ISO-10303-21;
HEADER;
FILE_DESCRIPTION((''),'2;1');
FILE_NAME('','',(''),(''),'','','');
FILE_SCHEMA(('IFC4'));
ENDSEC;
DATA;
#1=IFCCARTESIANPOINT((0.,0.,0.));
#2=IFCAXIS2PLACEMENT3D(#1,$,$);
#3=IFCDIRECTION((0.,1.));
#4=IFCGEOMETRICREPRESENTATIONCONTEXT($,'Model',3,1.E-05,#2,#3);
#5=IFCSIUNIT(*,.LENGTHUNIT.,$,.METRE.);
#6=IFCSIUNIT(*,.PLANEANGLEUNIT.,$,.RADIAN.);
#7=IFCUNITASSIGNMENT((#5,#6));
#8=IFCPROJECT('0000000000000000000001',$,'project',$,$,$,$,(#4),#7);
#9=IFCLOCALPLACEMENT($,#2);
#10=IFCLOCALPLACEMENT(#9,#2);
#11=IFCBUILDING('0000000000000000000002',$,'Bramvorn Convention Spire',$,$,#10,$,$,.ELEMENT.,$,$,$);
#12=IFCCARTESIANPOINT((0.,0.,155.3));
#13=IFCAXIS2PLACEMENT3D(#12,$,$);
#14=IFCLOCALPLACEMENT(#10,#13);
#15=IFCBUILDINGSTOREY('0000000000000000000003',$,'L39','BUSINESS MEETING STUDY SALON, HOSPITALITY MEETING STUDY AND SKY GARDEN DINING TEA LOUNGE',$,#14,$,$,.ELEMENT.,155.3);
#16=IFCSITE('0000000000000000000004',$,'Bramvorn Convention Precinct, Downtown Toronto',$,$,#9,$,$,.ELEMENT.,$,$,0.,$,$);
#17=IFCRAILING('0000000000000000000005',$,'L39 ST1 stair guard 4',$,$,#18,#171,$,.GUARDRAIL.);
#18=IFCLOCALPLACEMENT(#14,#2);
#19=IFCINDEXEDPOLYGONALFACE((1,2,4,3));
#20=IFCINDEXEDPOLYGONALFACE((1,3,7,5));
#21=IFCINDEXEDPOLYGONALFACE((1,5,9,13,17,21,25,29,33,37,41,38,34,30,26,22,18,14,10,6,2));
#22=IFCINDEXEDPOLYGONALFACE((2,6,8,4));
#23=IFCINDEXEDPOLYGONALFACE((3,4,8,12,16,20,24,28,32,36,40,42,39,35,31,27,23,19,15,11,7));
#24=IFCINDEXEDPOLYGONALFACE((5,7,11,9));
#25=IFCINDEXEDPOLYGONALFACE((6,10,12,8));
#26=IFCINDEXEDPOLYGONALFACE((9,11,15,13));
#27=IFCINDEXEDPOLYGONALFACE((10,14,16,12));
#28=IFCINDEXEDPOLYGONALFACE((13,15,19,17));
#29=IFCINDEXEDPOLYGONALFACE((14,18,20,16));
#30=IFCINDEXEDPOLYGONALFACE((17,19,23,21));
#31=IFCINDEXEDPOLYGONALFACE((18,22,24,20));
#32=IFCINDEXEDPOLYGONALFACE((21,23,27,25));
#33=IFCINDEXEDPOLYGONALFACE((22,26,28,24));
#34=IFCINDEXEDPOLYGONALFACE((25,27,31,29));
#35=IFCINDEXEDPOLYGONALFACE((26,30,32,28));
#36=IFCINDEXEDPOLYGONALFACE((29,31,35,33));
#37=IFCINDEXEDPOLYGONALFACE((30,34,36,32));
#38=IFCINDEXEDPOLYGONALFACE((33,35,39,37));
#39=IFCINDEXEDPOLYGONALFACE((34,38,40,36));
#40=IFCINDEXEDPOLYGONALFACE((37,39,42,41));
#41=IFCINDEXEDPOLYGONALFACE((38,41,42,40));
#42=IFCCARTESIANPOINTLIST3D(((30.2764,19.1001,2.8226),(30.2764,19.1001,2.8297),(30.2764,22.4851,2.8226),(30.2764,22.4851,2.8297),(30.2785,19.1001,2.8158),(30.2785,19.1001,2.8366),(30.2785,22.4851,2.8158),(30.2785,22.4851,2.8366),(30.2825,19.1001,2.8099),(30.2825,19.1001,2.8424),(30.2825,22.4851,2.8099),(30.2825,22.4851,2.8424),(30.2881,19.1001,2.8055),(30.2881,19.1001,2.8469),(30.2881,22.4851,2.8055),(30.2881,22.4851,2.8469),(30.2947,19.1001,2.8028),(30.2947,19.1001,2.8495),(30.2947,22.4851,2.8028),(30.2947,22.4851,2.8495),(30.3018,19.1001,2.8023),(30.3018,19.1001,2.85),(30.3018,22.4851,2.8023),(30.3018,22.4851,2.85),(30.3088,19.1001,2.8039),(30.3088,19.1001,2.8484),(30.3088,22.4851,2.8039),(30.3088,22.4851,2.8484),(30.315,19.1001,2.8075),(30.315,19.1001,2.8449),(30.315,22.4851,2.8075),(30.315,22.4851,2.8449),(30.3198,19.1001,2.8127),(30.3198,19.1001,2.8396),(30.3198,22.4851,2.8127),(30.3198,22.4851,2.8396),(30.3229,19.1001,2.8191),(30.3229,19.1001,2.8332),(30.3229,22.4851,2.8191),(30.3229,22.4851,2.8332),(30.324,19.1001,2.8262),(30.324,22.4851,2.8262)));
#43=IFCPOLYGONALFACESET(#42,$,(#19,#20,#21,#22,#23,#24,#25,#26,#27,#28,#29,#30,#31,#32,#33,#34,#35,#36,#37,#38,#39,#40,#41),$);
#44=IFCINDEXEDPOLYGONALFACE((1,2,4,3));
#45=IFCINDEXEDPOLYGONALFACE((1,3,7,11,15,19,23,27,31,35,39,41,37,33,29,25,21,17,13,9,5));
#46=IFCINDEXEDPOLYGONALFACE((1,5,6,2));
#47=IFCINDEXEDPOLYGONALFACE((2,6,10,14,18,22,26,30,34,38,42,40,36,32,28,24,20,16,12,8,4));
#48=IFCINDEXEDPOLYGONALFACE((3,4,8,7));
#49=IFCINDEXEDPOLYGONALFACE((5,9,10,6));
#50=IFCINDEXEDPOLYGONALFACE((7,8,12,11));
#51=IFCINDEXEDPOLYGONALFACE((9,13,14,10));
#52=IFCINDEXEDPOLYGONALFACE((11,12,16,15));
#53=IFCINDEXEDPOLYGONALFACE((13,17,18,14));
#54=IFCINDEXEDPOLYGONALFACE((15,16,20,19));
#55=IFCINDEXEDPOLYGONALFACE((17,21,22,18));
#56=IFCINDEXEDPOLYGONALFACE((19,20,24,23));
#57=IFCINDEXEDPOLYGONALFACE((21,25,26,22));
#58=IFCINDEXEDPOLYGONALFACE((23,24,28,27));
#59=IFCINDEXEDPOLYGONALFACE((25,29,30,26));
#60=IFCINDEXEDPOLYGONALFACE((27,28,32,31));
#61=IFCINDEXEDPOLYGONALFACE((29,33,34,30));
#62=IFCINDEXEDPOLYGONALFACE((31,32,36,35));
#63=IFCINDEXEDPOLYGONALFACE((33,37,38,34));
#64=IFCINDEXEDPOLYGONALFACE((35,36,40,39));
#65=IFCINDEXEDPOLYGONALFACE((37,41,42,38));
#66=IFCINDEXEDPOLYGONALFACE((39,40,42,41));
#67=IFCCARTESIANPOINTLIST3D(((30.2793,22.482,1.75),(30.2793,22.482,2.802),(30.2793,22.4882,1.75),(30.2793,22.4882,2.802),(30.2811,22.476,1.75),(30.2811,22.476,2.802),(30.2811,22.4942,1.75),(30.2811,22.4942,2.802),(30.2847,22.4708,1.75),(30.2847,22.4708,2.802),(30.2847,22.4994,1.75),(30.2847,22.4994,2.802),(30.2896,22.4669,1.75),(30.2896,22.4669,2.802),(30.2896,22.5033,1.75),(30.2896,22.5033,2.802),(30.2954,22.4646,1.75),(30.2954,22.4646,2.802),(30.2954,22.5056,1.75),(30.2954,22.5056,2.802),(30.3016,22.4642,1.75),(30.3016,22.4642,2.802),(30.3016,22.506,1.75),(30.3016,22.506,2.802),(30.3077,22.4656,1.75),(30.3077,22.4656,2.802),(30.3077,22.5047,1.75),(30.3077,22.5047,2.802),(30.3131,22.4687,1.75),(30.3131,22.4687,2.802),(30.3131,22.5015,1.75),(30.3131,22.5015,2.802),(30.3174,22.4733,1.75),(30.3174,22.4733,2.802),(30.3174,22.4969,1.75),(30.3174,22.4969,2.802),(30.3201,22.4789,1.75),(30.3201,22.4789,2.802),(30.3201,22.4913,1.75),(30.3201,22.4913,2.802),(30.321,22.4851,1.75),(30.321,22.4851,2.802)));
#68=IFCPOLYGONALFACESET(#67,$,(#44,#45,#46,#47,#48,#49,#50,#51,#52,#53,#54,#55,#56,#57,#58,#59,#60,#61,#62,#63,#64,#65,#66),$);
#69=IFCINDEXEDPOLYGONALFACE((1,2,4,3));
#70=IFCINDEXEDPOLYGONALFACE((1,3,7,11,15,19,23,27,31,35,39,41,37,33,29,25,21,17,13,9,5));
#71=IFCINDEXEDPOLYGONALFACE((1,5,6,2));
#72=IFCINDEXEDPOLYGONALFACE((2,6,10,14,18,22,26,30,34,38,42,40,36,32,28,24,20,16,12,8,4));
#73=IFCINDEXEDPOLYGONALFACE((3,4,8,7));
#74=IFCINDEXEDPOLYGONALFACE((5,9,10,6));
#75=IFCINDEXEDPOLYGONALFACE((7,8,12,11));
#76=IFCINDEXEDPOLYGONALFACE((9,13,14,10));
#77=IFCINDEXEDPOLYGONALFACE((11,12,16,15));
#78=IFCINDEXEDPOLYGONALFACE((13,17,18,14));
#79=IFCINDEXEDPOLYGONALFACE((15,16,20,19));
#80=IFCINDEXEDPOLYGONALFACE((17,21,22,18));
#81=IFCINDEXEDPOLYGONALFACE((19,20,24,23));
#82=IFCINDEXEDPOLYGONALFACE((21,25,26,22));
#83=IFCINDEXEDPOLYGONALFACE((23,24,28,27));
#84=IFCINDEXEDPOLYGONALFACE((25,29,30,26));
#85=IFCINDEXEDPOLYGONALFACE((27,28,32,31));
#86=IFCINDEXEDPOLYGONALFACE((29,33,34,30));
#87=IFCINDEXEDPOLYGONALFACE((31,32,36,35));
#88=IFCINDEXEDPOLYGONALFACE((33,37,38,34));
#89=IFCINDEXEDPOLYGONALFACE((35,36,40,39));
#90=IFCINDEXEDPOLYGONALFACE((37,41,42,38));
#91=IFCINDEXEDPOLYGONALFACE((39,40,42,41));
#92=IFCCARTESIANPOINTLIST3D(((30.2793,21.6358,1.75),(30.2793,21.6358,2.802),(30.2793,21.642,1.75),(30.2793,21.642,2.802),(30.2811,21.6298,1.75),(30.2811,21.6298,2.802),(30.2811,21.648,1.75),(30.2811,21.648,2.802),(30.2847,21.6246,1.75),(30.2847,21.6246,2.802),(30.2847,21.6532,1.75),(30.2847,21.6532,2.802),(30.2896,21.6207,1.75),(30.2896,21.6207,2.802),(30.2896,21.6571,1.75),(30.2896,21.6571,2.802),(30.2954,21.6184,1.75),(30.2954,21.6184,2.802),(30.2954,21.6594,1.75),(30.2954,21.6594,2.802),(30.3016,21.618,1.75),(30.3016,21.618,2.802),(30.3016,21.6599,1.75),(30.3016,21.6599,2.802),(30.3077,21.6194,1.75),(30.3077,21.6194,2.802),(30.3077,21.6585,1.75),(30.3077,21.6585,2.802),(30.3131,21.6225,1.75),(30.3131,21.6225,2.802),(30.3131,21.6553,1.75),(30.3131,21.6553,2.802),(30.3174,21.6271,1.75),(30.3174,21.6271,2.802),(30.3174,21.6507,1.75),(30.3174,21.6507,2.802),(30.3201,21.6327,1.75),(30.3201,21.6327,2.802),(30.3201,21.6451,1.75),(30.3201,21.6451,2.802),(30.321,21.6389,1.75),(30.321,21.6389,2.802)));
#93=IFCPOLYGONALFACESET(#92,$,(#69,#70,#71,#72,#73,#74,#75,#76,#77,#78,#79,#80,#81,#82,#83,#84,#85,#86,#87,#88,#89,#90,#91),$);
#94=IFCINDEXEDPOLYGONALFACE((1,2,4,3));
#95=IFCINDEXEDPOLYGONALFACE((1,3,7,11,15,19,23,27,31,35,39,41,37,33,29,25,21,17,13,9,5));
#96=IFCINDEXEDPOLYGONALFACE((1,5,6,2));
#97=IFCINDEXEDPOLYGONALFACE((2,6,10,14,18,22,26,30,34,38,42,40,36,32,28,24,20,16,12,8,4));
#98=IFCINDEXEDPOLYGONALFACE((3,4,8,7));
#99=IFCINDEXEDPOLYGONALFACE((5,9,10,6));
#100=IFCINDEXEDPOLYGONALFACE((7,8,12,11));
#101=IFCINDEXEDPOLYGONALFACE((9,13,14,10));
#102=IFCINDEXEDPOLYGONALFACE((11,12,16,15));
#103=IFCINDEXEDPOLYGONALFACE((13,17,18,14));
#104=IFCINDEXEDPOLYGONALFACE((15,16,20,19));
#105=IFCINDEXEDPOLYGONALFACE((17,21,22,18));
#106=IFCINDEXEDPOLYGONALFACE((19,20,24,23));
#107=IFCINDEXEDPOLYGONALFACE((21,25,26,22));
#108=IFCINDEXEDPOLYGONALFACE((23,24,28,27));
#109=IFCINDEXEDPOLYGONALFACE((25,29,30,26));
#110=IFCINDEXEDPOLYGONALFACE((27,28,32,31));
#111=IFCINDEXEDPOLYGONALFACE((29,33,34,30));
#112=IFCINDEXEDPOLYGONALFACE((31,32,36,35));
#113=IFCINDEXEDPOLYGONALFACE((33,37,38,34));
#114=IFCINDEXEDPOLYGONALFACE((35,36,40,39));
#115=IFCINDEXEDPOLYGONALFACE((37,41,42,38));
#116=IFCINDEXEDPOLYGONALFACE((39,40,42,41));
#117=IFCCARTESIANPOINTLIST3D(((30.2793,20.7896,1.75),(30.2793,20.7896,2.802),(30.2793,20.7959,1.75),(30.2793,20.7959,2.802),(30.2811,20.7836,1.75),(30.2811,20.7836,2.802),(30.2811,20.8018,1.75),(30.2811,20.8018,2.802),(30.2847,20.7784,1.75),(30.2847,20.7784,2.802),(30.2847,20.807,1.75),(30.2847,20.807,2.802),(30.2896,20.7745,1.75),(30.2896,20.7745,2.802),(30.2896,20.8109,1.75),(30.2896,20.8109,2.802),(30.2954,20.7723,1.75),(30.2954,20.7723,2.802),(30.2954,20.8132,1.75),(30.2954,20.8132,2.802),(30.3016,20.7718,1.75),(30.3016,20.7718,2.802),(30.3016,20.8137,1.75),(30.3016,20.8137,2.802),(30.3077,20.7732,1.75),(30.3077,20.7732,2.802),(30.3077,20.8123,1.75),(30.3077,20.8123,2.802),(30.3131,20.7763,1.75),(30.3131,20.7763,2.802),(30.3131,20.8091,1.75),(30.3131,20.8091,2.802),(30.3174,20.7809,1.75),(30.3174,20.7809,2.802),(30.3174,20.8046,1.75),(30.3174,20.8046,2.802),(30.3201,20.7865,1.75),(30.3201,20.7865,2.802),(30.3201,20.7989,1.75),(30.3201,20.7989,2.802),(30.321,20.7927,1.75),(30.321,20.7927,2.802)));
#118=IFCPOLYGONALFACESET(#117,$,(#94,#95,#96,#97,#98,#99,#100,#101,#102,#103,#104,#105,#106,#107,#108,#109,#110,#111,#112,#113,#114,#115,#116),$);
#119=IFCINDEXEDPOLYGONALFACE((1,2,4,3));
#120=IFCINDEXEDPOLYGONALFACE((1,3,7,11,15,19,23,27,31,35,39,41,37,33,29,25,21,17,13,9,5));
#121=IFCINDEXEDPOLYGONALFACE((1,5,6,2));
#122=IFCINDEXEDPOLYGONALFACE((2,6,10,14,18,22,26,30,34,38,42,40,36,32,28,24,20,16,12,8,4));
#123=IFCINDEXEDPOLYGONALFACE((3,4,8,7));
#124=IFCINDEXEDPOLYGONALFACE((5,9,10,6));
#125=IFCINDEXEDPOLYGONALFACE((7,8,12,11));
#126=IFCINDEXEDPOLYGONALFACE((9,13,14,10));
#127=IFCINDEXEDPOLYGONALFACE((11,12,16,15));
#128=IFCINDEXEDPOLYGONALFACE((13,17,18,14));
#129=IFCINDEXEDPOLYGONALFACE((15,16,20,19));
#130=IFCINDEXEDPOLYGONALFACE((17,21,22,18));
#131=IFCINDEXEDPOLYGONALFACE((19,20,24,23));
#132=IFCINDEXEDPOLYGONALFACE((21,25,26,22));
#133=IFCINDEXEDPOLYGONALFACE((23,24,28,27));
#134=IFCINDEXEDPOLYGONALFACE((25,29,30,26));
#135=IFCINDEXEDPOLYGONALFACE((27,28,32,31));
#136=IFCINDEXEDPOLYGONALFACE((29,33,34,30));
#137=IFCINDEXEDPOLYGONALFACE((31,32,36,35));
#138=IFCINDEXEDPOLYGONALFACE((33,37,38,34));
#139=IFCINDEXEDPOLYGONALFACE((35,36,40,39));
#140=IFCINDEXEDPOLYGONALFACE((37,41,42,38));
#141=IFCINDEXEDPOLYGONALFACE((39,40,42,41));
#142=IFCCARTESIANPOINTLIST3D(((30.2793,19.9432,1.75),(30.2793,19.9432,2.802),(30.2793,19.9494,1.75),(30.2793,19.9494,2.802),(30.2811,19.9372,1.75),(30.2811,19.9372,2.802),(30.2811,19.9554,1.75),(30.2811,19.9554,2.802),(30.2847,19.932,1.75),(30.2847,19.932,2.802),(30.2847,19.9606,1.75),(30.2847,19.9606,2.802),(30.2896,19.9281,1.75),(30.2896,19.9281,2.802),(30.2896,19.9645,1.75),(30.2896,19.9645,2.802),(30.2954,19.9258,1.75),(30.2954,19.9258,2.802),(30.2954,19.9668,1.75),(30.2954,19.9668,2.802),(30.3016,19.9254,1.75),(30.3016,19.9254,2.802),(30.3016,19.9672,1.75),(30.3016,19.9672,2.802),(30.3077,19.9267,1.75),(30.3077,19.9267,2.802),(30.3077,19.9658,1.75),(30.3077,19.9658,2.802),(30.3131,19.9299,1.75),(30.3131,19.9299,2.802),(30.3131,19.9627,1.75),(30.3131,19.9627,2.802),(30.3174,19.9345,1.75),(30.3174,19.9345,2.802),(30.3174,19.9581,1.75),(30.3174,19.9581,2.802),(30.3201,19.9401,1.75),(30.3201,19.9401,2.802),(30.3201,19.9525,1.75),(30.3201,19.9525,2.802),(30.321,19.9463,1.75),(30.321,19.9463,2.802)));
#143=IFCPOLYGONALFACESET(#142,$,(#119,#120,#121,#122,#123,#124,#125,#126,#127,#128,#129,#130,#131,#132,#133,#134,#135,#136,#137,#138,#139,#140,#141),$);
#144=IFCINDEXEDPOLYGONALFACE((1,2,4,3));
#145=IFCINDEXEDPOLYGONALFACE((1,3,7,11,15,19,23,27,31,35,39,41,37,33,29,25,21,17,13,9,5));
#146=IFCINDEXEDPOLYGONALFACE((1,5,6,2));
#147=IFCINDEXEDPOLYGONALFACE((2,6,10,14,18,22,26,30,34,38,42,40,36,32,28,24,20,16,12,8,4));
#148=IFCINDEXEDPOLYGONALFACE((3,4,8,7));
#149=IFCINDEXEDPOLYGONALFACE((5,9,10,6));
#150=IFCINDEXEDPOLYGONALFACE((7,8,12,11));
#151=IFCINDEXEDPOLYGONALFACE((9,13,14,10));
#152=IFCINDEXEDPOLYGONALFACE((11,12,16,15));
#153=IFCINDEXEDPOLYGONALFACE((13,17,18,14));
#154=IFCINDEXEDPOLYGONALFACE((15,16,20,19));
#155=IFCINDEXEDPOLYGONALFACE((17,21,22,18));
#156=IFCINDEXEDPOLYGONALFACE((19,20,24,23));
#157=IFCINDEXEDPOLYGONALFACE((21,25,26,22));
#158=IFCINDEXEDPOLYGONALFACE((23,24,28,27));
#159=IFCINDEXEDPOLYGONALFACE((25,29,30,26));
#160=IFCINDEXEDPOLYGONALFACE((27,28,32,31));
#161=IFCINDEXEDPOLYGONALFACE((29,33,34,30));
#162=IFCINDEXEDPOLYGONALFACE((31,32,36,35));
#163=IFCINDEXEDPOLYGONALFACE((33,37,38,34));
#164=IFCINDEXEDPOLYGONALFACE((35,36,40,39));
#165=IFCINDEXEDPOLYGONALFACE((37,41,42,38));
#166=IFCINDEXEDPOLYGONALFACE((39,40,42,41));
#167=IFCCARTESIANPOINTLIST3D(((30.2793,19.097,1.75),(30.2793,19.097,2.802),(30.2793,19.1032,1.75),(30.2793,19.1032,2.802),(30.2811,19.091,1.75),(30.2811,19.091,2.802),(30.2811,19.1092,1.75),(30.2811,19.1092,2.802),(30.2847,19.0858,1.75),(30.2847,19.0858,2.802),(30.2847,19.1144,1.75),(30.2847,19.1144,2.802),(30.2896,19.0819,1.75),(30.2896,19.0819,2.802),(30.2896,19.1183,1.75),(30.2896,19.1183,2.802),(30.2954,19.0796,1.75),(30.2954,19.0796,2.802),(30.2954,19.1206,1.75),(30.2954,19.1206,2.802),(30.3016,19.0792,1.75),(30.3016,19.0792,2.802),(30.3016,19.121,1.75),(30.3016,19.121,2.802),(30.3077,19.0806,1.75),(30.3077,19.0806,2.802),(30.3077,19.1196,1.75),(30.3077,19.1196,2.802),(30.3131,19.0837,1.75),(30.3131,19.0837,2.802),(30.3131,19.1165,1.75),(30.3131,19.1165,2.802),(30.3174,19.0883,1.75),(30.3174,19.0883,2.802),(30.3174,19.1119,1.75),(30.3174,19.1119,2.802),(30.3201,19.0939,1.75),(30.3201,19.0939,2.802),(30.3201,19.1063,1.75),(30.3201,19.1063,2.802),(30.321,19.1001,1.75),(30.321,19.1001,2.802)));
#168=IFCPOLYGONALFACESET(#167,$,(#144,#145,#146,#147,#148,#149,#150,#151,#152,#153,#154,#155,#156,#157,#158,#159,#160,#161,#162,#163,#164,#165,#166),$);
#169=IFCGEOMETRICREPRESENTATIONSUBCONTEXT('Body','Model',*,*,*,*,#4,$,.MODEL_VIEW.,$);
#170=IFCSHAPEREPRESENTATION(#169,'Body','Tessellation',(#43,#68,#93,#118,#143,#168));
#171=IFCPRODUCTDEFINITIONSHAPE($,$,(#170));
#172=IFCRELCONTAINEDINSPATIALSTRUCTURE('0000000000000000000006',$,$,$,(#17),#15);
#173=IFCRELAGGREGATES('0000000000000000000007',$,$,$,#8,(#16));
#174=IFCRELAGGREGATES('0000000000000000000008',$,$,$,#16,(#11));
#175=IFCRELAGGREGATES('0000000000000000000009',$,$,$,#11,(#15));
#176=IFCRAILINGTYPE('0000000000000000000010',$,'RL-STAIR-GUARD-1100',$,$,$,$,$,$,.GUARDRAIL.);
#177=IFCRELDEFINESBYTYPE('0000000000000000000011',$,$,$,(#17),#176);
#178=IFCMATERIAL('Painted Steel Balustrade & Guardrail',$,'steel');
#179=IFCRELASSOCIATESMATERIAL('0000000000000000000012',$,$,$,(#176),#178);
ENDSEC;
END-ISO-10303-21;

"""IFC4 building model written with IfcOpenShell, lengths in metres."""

from ifc_helpers import new_model, si_unit, direction, frame, origin, origin_2d, place, context, subcontext, project, spatial, circle, extrude, material, type_object, element, save


model = new_model("IFC4")

# Units and contexts
model_context = context("Model", 3, precision=1e-05, world=origin(), true_north=direction((0.0, 1.0)))
body_context = subcontext(model_context, "Body", "Model", "MODEL_VIEW")
ifc_project = project(units=[si_unit("LENGTHUNIT", "METRE"), si_unit("PLANEANGLEUNIT", "RADIAN")], contexts=[model_context])

# Site, building, storey
site_placement = place(None, origin())
site = spatial("IfcSite", under=ifc_project, at=site_placement, Name="Bramvorn Convention Precinct, Downtown Toronto", CompositionType="ELEMENT", RefElevation=0.0)
building_placement = place(site_placement, origin())
building = spatial("IfcBuilding", under=site, at=building_placement, Name="Bramvorn Convention Spire", CompositionType="ELEMENT")
storey_placement = place(building_placement, frame((0.0, 0.0, 155.3)))
storey = spatial("IfcBuildingStorey", under=building, at=storey_placement, Name="L39", Description="BUSINESS MEETING STUDY SALON, HOSPITALITY MEETING STUDY AND SKY GARDEN DINING TEA LOUNGE", CompositionType="ELEMENT", Elevation=155.3)

# Railing
ifc_material_1 = material(Name="Painted Steel Balustrade & Guardrail", Category="steel")
railing_type_1 = type_object("IfcRailingType", Name="RL-STAIR-GUARD-1100", PredefinedType="GUARDRAIL", material=ifc_material_1)
for number, where, name in (
    (1, (30.3, 22.4851, 1.75), "L39 ST1 stair guard 4"),
):
    element("IfcRailing", number, at=place(storey_placement, frame(where)), inside=storey, type_object=railing_type_1, Name=name, PredefinedType="GUARDRAIL", context=body_context, shape_type="SweptSolid", body=[
        extrude(circle(Radius=0.0239, at=origin_2d()), frame((0.0, 0.0, 1.0762), z_axis=(0.0, -1.0, 0.0), x_axis=(1.0, 0.0, 0.0)), (0.0, 0.0, 1.0), 3.385),
        extrude(circle(Radius=0.021, at=origin_2d()), origin(), (0.0, 0.0, 1.0), 1.052),
        extrude(circle(Radius=0.021, at=origin_2d()), frame((0.0, -0.8462, 0.0)), (0.0, 0.0, 1.0), 1.052),
        extrude(circle(Radius=0.021, at=origin_2d()), frame((0.0, -1.6924, 0.0)), (0.0, 0.0, 1.0), 1.052),
        extrude(circle(Radius=0.021, at=origin_2d()), frame((0.0, -2.5388, 0.0)), (0.0, 0.0, 1.0), 1.052),
        extrude(circle(Radius=0.021, at=origin_2d()), frame((0.0, -3.385, 0.0)), (0.0, 0.0, 1.0), 1.052),
    ])

save(model, "model.ifc")
